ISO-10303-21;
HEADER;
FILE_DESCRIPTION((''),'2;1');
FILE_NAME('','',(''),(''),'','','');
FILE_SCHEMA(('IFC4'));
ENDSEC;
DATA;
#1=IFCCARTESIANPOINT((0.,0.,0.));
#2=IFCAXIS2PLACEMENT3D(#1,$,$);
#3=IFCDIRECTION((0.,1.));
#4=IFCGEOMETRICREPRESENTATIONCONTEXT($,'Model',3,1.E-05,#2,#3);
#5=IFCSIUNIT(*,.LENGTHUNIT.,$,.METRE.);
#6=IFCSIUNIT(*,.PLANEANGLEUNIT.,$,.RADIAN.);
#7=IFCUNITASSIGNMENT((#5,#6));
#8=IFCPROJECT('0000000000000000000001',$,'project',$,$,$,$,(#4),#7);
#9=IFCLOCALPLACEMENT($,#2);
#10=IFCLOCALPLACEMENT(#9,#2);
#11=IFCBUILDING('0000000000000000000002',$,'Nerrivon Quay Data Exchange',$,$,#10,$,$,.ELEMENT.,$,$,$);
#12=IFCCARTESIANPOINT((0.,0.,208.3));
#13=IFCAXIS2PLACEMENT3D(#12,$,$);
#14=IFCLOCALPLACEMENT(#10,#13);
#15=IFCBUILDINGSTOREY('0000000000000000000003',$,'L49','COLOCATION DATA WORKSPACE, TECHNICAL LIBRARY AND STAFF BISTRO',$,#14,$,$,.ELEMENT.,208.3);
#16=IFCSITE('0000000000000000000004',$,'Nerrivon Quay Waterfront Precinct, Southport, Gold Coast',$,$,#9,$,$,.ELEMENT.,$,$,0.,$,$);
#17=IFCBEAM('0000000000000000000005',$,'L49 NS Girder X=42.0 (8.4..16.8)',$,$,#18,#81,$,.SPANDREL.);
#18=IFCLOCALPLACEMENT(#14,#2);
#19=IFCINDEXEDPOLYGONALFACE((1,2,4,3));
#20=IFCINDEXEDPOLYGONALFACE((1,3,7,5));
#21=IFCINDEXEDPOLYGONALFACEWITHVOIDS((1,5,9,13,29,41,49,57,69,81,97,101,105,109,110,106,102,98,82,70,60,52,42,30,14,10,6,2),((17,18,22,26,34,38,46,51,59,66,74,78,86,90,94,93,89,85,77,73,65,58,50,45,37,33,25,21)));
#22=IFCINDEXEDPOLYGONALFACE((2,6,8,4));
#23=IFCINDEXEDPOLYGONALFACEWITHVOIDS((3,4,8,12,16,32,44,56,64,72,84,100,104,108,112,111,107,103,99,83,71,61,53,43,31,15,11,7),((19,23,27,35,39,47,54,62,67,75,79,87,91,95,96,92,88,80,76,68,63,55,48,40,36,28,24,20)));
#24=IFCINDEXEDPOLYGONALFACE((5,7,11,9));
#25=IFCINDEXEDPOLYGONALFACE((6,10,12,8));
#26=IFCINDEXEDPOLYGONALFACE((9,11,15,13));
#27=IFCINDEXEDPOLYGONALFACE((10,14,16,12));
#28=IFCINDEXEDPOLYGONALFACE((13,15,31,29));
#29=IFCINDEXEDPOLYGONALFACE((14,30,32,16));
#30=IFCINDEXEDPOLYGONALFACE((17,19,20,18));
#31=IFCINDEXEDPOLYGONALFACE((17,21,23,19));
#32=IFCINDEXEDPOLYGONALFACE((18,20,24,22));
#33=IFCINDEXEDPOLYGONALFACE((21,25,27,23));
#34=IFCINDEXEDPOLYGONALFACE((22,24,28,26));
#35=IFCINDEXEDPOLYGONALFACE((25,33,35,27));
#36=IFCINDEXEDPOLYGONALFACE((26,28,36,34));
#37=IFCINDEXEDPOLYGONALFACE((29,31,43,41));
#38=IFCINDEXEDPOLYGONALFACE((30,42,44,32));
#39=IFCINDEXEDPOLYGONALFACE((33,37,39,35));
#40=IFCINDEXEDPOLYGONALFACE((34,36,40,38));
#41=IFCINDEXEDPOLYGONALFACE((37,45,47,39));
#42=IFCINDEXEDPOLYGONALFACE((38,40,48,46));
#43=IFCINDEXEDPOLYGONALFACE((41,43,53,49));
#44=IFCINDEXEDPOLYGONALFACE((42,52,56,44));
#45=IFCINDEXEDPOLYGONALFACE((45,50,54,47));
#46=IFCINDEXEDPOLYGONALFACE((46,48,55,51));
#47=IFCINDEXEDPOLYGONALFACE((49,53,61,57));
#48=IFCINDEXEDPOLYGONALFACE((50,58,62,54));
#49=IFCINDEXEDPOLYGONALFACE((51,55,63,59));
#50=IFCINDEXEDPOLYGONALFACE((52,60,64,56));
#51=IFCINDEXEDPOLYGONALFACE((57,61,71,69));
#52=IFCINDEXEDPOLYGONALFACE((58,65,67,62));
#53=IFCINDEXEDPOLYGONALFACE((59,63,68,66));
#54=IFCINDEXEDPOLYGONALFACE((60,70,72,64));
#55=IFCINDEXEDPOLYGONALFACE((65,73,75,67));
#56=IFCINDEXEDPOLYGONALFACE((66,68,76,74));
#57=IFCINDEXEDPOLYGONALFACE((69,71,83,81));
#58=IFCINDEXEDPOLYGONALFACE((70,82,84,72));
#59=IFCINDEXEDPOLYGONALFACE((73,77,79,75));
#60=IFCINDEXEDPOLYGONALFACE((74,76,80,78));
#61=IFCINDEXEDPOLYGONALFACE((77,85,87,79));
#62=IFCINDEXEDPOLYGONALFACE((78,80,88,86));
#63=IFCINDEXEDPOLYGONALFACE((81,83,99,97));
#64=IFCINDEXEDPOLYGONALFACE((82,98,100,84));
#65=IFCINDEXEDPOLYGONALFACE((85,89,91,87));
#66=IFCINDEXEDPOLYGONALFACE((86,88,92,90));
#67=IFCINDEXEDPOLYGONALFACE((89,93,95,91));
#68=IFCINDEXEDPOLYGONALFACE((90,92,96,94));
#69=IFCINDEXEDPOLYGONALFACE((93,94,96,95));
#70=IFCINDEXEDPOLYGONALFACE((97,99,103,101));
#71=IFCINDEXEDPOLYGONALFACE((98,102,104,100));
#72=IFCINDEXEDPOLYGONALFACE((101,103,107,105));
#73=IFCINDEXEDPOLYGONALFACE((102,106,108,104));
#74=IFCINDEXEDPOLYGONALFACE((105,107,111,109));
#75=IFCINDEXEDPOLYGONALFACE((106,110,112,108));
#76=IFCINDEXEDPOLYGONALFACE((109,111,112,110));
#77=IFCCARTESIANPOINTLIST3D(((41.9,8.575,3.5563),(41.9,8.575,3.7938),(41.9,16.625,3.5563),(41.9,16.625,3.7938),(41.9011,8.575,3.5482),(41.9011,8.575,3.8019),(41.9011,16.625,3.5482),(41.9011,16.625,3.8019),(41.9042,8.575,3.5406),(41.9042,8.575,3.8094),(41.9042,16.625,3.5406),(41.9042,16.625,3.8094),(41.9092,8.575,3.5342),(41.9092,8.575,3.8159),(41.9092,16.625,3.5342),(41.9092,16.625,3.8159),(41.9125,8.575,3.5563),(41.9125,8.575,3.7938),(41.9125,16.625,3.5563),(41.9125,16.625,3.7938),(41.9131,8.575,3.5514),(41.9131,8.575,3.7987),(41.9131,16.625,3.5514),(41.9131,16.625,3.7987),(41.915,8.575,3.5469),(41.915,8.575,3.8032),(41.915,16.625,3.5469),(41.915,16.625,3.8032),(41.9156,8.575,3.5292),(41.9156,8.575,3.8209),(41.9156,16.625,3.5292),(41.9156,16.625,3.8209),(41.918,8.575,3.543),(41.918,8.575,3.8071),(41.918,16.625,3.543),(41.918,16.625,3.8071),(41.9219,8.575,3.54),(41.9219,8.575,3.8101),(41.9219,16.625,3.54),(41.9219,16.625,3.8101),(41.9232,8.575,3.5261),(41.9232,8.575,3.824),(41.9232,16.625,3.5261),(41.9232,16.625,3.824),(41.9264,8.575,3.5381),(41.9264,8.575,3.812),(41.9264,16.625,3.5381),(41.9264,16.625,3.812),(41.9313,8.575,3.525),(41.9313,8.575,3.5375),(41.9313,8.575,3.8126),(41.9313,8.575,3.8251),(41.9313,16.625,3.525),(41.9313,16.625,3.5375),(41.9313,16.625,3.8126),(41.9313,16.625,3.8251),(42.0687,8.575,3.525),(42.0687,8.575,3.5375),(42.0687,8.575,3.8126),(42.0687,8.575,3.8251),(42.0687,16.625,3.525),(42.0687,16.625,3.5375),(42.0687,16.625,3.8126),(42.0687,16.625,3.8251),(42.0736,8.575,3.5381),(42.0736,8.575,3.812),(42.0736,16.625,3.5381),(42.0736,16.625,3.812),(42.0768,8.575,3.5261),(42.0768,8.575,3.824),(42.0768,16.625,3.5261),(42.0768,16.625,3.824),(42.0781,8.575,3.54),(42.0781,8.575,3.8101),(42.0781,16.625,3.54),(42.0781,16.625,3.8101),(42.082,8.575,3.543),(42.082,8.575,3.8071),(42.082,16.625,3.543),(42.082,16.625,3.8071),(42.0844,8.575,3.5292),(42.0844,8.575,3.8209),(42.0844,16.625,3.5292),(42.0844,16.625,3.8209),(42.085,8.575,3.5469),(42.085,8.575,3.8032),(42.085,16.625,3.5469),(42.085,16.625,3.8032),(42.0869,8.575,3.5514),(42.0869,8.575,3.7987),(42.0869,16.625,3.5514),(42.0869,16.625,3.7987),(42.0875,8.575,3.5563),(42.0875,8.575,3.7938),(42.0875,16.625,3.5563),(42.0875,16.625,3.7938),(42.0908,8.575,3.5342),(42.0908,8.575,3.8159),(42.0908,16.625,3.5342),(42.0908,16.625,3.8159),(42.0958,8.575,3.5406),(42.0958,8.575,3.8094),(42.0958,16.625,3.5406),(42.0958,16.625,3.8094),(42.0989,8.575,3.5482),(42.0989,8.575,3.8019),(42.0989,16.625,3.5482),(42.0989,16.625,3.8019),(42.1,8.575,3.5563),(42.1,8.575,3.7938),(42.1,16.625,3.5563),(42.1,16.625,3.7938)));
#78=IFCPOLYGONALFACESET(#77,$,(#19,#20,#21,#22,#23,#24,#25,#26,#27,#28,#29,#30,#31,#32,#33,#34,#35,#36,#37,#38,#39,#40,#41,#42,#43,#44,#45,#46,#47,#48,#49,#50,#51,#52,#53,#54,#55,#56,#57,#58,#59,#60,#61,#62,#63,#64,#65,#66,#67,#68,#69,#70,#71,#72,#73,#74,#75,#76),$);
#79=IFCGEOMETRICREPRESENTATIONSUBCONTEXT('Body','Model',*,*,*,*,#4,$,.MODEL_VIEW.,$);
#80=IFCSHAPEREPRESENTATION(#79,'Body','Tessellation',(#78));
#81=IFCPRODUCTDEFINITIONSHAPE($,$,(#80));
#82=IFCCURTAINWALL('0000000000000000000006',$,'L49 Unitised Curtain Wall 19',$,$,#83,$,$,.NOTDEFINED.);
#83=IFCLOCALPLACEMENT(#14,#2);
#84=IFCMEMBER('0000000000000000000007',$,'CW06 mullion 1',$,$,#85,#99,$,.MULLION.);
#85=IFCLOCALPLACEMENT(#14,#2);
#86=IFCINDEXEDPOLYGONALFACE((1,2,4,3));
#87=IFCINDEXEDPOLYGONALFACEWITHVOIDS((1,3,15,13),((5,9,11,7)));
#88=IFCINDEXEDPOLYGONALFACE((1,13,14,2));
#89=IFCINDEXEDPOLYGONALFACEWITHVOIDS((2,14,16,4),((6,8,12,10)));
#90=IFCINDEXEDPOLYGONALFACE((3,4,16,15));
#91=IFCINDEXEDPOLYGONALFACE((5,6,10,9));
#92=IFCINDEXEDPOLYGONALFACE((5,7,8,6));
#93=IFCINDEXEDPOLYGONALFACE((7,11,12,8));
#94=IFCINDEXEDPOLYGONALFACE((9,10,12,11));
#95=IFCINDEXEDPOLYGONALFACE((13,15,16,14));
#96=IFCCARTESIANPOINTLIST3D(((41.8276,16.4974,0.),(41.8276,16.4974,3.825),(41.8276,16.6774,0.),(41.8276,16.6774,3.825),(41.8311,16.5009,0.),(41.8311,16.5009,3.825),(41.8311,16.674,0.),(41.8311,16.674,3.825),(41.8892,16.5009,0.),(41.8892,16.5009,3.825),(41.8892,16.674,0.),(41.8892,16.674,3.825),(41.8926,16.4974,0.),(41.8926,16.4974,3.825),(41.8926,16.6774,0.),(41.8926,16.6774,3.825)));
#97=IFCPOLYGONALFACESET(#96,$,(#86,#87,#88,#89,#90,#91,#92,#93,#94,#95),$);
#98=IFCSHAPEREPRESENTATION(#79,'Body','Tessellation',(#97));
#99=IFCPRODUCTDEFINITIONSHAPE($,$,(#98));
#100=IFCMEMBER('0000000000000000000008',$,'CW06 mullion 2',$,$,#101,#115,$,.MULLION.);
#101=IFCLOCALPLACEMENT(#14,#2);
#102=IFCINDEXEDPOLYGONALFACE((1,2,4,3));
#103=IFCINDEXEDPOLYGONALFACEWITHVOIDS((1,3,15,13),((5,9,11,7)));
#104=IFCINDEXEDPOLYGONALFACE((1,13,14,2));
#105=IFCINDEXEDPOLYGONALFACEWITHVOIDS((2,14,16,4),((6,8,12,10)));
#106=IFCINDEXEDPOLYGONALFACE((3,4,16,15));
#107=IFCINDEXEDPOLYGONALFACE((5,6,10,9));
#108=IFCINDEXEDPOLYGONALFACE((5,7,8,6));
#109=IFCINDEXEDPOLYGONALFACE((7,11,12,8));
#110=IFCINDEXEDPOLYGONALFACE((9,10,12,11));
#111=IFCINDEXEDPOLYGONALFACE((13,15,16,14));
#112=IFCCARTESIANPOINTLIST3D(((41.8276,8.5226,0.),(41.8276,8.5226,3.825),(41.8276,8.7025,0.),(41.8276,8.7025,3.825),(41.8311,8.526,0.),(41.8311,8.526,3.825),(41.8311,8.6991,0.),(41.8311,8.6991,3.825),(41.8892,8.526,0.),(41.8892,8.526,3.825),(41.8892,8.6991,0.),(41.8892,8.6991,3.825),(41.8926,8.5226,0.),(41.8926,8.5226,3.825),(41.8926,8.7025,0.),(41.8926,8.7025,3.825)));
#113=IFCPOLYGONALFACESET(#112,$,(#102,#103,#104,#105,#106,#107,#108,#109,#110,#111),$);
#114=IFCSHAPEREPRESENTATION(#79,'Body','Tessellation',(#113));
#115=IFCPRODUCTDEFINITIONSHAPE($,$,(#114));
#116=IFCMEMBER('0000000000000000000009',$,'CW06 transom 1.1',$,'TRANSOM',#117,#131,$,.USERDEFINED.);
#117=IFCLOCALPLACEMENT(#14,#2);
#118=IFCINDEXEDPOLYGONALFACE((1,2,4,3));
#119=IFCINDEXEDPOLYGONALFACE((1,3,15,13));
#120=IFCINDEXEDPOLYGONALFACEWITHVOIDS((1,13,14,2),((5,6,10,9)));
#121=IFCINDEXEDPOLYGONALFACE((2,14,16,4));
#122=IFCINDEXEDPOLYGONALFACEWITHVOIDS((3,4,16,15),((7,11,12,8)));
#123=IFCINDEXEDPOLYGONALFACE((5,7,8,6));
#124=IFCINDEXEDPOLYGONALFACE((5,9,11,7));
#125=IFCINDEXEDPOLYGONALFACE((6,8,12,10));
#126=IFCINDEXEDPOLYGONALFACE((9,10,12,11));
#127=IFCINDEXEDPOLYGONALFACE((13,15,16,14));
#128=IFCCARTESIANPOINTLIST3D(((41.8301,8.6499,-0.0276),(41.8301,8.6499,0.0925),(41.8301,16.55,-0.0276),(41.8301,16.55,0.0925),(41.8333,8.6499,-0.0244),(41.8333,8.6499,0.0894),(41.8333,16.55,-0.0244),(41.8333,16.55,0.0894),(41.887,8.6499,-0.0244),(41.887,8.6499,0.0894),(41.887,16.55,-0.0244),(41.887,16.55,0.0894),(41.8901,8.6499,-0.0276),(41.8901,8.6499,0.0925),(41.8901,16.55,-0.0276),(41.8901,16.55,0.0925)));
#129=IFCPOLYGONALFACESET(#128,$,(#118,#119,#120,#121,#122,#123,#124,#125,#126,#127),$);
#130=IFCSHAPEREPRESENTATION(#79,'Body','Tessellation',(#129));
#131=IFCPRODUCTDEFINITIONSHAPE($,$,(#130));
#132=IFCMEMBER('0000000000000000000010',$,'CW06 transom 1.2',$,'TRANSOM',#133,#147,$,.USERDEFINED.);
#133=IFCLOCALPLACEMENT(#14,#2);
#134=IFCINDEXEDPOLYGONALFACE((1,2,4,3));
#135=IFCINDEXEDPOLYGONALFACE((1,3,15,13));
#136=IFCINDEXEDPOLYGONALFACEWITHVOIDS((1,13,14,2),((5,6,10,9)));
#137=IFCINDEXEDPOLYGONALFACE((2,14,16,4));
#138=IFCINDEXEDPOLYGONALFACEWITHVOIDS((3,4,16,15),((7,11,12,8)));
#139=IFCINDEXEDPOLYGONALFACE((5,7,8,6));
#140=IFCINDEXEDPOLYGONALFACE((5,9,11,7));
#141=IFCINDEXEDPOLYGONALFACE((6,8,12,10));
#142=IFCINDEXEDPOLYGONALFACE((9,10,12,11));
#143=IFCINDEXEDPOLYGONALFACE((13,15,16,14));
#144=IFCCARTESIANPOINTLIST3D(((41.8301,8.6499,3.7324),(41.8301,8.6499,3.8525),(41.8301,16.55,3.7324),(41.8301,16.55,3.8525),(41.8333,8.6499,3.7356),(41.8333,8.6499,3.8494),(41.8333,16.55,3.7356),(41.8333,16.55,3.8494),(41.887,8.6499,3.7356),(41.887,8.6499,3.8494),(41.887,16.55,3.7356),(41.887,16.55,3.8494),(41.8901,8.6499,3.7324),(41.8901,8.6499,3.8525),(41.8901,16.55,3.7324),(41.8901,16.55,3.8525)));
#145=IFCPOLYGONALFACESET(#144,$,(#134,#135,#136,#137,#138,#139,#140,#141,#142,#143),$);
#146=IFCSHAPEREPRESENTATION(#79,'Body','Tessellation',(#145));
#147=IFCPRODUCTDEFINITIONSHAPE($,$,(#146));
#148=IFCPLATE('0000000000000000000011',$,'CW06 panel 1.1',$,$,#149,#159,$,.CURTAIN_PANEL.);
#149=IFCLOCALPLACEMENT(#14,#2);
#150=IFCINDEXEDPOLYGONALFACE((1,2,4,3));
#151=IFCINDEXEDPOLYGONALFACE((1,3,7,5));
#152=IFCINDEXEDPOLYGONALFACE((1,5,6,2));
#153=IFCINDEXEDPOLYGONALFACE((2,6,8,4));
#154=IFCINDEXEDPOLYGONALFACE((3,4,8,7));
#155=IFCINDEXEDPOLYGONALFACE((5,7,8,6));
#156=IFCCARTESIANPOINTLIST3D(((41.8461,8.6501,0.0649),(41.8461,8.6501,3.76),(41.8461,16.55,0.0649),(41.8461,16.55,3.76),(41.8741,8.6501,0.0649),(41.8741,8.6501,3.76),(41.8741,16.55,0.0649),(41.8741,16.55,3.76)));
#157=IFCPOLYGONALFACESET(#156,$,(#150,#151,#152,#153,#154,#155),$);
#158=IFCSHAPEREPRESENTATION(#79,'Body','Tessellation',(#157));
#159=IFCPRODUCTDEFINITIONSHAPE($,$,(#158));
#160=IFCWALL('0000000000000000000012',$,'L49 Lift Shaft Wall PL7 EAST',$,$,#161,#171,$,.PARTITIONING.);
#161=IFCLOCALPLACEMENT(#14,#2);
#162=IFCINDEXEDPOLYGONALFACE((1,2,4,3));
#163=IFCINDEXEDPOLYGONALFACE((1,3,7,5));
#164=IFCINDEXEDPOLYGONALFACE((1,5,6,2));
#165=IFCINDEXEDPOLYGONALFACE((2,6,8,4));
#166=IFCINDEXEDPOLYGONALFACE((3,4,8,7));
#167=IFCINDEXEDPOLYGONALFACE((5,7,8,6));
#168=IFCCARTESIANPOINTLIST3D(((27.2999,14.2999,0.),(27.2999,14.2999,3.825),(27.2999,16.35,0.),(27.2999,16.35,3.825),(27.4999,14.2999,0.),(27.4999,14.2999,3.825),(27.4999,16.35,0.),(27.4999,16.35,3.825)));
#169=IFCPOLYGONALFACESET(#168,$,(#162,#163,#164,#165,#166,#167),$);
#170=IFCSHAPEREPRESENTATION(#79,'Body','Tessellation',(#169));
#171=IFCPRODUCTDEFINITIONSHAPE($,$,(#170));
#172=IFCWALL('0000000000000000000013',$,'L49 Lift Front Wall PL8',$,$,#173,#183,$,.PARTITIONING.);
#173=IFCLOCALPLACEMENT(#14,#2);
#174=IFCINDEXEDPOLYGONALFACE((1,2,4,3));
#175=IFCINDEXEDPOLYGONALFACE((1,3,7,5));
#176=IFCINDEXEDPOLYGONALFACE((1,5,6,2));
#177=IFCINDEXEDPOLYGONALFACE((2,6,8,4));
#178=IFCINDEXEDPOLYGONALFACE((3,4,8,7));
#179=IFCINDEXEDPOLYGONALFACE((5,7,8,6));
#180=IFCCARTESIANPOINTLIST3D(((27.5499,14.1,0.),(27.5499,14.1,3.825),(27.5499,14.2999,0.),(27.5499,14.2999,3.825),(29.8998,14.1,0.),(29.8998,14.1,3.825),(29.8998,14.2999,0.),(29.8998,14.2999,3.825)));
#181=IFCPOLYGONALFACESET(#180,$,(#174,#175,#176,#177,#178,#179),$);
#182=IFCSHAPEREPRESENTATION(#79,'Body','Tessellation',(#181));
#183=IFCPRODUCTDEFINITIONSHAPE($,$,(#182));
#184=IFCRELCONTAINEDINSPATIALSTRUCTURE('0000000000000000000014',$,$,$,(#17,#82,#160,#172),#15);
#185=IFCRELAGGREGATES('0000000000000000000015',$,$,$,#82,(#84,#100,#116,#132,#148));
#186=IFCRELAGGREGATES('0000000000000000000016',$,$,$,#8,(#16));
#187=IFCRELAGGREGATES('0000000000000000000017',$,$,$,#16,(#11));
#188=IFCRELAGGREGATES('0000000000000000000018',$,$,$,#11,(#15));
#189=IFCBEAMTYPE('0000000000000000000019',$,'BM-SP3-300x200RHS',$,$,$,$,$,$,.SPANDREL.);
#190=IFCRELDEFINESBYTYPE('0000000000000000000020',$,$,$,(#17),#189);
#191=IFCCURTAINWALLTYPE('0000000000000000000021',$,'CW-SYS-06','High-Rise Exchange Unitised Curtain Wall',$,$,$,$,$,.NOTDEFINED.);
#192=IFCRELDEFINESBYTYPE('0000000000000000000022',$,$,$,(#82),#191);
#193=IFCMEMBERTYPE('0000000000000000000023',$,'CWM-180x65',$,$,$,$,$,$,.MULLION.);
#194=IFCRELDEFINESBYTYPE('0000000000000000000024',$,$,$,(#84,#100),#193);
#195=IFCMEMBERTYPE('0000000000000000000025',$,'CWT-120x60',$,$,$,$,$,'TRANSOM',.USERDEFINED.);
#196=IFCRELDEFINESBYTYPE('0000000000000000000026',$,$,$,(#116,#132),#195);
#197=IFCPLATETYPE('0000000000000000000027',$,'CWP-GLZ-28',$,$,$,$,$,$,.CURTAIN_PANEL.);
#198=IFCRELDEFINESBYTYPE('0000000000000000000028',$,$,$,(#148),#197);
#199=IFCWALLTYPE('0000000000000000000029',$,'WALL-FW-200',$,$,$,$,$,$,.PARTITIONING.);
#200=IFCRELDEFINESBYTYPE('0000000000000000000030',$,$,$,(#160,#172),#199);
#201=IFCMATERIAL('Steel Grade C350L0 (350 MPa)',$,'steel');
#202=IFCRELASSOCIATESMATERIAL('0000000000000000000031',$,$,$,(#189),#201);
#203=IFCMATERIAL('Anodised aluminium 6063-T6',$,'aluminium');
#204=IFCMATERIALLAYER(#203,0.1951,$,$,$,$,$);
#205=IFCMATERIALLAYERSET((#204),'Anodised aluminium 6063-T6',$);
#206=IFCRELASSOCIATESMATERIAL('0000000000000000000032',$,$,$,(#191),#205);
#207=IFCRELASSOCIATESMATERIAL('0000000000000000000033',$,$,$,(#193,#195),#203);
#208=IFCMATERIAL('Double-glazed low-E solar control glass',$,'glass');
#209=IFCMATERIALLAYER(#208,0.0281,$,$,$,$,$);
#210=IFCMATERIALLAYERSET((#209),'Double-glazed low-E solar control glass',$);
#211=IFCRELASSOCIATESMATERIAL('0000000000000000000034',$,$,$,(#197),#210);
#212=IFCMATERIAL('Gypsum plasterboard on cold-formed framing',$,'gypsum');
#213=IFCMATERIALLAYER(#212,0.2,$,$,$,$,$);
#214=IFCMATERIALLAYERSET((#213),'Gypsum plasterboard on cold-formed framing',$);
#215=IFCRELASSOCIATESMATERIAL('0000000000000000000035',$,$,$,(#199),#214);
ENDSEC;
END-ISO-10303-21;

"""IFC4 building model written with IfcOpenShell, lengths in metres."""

from ifc_helpers import new_model, si_unit, direction, frame, frame_2d, origin, origin_2d, place, context, subcontext, project, spatial, rectangle, hollow_rectangle, extrude, material, layer, layer_set, material_profile, profile_set, type_object, element, aggregate, save


model = new_model("IFC4")

# Units and contexts
model_context = context("Model", 3, precision=1e-05, world=origin(), true_north=direction((0.0, 1.0)))
body_context = subcontext(model_context, "Body", "Model", "MODEL_VIEW")
ifc_project = project(units=[si_unit("LENGTHUNIT", "METRE"), si_unit("PLANEANGLEUNIT", "RADIAN")], contexts=[model_context])

# Site, building, storey
site_placement = place(None, origin())
site = spatial("IfcSite", under=ifc_project, at=site_placement, Name="Nerrivon Quay Waterfront Precinct, Southport, Gold Coast", CompositionType="ELEMENT", RefElevation=0.0)
building_placement = place(site_placement, origin())
building = spatial("IfcBuilding", under=site, at=building_placement, Name="Nerrivon Quay Data Exchange", CompositionType="ELEMENT")
storey_placement = place(building_placement, frame((0.0, 0.0, 208.3)))
storey = spatial("IfcBuildingStorey", under=building, at=storey_placement, Name="L49", Description="COLOCATION DATA WORKSPACE, TECHNICAL LIBRARY AND STAFF BISTRO", CompositionType="ELEMENT", Elevation=208.3)

# Beam
ifc_material_1 = material(Name="Steel Grade C350L0 (350 MPa)", Category="steel")
ifc_material_profile_1 = material_profile(ifc_material_1, hollow_rectangle(XDim=0.2, YDim=0.3, WallThickness=0.0125, InnerFilletRadius=0.0188, OuterFilletRadius=0.0312, at=origin_2d()), Name="300x200x12.5RHS")
ifc_profile_set_1 = profile_set([ifc_material_profile_1], Name="Steel Grade C350L0 (350 MPa)")
beam_type_1 = type_object("IfcBeamType", Name="BM-SP3-300x200RHS", PredefinedType="SPANDREL", material=ifc_profile_set_1)
beam_1_placement = place(storey_placement, frame((42.0, 8.575, 3.675), z_axis=(0.0, 1.0, 0.0), x_axis=(-1.0, 0.0, 0.0)))
element("IfcBeam", 1, at=beam_1_placement, inside=storey, type_object=beam_type_1, Name="L49 NS Girder X=42.0 (8.4..16.8)", PredefinedType="SPANDREL", context=body_context, shape_type="SweptSolid", body=[
    extrude(hollow_rectangle(XDim=0.2, YDim=0.3, WallThickness=0.0125, InnerFilletRadius=0.0188, OuterFilletRadius=0.0312, at=origin_2d()), origin(), (0.0, 0.0, 1.0), 8.05),
])

# Curtain wall, members, plate
ifc_material_2 = material(Name="Anodised aluminium 6063-T6", Category="aluminium")
ifc_layer_1 = layer(ifc_material_2, 0.1951)
ifc_layer_set_1 = layer_set([ifc_layer_1], Name="Anodised aluminium 6063-T6")
curtain_wall_type = type_object("IfcCurtainWallType", Name="CW-SYS-06", Description="High-Rise Exchange Unitised Curtain Wall", PredefinedType="NOTDEFINED", material=ifc_layer_set_1)
curtain_wall_placement = place(storey_placement, origin())
curtain_wall = element("IfcCurtainWall", 2, at=curtain_wall_placement, inside=storey, type_object=curtain_wall_type, Name="L49 Unitised Curtain Wall 19", PredefinedType="NOTDEFINED")
ifc_material_profile_2 = material_profile(ifc_material_2, hollow_rectangle(XDim=0.0649, YDim=0.1799, WallThickness=0.0034, at=origin_2d()), Name="ALU-MULL-180x65")
ifc_profile_set_2 = profile_set([ifc_material_profile_2], Name="Anodised aluminium 6063-T6")
member_type_1 = type_object("IfcMemberType", Name="CWM-180x65", PredefinedType="MULLION", material=ifc_profile_set_2)
member_1_placement = place(storey_placement, frame((41.8601, 16.5874, 0.0), z_axis=(0.0, 0.0, 1.0), x_axis=(1.0, 0.0, 0.0)))
member_1 = element("IfcMember", 3, at=member_1_placement, type_object=member_type_1, Name="CW06 mullion 1", PredefinedType="MULLION", context=body_context, shape_type="SweptSolid", body=[
    extrude(hollow_rectangle(XDim=0.0649, YDim=0.1799, WallThickness=0.0034, at=origin_2d()), origin(), (0.0, 0.0, 1.0), 3.825),
])
member_2_placement = place(storey_placement, frame((41.8601, 8.6125, 0.0), z_axis=(0.0, 0.0, 1.0), x_axis=(1.0, 0.0, 0.0)))
member_2 = element("IfcMember", 4, at=member_2_placement, type_object=member_type_1, Name="CW06 mullion 2", PredefinedType="MULLION", context=body_context, shape_type="SweptSolid", body=[
    extrude(hollow_rectangle(XDim=0.0649, YDim=0.1799, WallThickness=0.0034, at=origin_2d()), origin(), (0.0, 0.0, 1.0), 3.825),
])
ifc_material_profile_3 = material_profile(ifc_material_2, hollow_rectangle(XDim=0.0601, YDim=0.1201, WallThickness=0.0032, at=origin_2d()), Name="ALU-TRAN-120x60")
ifc_profile_set_3 = profile_set([ifc_material_profile_3], Name="Anodised aluminium 6063-T6")
member_type_2 = type_object("IfcMemberType", Name="CWT-120x60", ElementType="TRANSOM", PredefinedType="USERDEFINED", material=ifc_profile_set_3)
member_3_placement = place(storey_placement, frame((41.8601, 16.55, 0.0325), z_axis=(0.0, -1.0, 0.0), x_axis=(1.0, 0.0, 0.0)))
member_3 = element("IfcMember", 5, at=member_3_placement, type_object=member_type_2, Name="CW06 transom 1.1", ObjectType="TRANSOM", PredefinedType="USERDEFINED", context=body_context, shape_type="SweptSolid", body=[
    extrude(hollow_rectangle(XDim=0.0601, YDim=0.1201, WallThickness=0.0032, at=origin_2d()), origin(), (0.0, 0.0, 1.0), 7.9001),
])
member_4_placement = place(storey_placement, frame((41.8601, 16.55, 3.7925), z_axis=(0.0, -1.0, 0.0), x_axis=(1.0, 0.0, 0.0)))
member_4 = element("IfcMember", 6, at=member_4_placement, type_object=member_type_2, Name="CW06 transom 1.2", ObjectType="TRANSOM", PredefinedType="USERDEFINED", context=body_context, shape_type="SweptSolid", body=[
    extrude(hollow_rectangle(XDim=0.0601, YDim=0.1201, WallThickness=0.0032, at=origin_2d()), origin(), (0.0, 0.0, 1.0), 7.9001),
])
ifc_material_3 = material(Name="Double-glazed low-E solar control glass", Category="glass")
ifc_layer_2 = layer(ifc_material_3, 0.0281)
ifc_layer_set_2 = layer_set([ifc_layer_2], Name="Double-glazed low-E solar control glass")
plate_type = type_object("IfcPlateType", Name="CWP-GLZ-28", PredefinedType="CURTAIN_PANEL", material=ifc_layer_set_2)
plate_placement = place(storey_placement, frame((41.8601, 12.6001, 0.0649), z_axis=(0.0, 0.0, 1.0), x_axis=(0.0, -1.0, 0.0)))
plate = element("IfcPlate", 7, at=plate_placement, type_object=plate_type, Name="CW06 panel 1.1", PredefinedType="CURTAIN_PANEL", context=body_context, shape_type="SweptSolid", body=[
    extrude(rectangle(XDim=7.8999, YDim=0.0281, at=origin_2d()), origin(), (0.0, 0.0, 1.0), 3.6951),
])
aggregate(curtain_wall, [member_1, member_2, member_3, member_4, plate])

# Walls
ifc_material_4 = material(Name="Gypsum plasterboard on cold-formed framing", Category="gypsum")
ifc_layer_3 = layer(ifc_material_4, 0.2)
ifc_layer_set_3 = layer_set([ifc_layer_3], Name="Gypsum plasterboard on cold-formed framing")
wall_type_1 = type_object("IfcWallType", Name="WALL-FW-200", PredefinedType="PARTITIONING", material=ifc_layer_set_3)
wall_1_placement = place(storey_placement, frame((27.3999, 14.3, 0.0), z_axis=(0.0, 0.0, 1.0), x_axis=(0.0, 1.0, 0.0)))
element("IfcWall", 8, at=wall_1_placement, inside=storey, type_object=wall_type_1, Name="L49 Lift Shaft Wall PL7 EAST", PredefinedType="PARTITIONING", context=body_context, shape_type="SweptSolid", body=[
    extrude(rectangle(XDim=2.05, YDim=0.2, at=frame_2d((1.0249, 0.0))), origin(), (0.0, 0.0, 1.0), 3.825),
])
wall_2_placement = place(storey_placement, frame((27.55, 14.2, 0.0), z_axis=(0.0, 0.0, 1.0), x_axis=(1.0, 0.0, 0.0)))
element("IfcWall", 9, at=wall_2_placement, inside=storey, type_object=wall_type_1, Name="L49 Lift Front Wall PL8", PredefinedType="PARTITIONING", context=body_context, shape_type="SweptSolid", body=[
    extrude(rectangle(XDim=2.3499, YDim=0.2, at=frame_2d((1.1748, 0.0))), origin(), (0.0, 0.0, 1.0), 3.825),
])

save(model, "model.ifc")
